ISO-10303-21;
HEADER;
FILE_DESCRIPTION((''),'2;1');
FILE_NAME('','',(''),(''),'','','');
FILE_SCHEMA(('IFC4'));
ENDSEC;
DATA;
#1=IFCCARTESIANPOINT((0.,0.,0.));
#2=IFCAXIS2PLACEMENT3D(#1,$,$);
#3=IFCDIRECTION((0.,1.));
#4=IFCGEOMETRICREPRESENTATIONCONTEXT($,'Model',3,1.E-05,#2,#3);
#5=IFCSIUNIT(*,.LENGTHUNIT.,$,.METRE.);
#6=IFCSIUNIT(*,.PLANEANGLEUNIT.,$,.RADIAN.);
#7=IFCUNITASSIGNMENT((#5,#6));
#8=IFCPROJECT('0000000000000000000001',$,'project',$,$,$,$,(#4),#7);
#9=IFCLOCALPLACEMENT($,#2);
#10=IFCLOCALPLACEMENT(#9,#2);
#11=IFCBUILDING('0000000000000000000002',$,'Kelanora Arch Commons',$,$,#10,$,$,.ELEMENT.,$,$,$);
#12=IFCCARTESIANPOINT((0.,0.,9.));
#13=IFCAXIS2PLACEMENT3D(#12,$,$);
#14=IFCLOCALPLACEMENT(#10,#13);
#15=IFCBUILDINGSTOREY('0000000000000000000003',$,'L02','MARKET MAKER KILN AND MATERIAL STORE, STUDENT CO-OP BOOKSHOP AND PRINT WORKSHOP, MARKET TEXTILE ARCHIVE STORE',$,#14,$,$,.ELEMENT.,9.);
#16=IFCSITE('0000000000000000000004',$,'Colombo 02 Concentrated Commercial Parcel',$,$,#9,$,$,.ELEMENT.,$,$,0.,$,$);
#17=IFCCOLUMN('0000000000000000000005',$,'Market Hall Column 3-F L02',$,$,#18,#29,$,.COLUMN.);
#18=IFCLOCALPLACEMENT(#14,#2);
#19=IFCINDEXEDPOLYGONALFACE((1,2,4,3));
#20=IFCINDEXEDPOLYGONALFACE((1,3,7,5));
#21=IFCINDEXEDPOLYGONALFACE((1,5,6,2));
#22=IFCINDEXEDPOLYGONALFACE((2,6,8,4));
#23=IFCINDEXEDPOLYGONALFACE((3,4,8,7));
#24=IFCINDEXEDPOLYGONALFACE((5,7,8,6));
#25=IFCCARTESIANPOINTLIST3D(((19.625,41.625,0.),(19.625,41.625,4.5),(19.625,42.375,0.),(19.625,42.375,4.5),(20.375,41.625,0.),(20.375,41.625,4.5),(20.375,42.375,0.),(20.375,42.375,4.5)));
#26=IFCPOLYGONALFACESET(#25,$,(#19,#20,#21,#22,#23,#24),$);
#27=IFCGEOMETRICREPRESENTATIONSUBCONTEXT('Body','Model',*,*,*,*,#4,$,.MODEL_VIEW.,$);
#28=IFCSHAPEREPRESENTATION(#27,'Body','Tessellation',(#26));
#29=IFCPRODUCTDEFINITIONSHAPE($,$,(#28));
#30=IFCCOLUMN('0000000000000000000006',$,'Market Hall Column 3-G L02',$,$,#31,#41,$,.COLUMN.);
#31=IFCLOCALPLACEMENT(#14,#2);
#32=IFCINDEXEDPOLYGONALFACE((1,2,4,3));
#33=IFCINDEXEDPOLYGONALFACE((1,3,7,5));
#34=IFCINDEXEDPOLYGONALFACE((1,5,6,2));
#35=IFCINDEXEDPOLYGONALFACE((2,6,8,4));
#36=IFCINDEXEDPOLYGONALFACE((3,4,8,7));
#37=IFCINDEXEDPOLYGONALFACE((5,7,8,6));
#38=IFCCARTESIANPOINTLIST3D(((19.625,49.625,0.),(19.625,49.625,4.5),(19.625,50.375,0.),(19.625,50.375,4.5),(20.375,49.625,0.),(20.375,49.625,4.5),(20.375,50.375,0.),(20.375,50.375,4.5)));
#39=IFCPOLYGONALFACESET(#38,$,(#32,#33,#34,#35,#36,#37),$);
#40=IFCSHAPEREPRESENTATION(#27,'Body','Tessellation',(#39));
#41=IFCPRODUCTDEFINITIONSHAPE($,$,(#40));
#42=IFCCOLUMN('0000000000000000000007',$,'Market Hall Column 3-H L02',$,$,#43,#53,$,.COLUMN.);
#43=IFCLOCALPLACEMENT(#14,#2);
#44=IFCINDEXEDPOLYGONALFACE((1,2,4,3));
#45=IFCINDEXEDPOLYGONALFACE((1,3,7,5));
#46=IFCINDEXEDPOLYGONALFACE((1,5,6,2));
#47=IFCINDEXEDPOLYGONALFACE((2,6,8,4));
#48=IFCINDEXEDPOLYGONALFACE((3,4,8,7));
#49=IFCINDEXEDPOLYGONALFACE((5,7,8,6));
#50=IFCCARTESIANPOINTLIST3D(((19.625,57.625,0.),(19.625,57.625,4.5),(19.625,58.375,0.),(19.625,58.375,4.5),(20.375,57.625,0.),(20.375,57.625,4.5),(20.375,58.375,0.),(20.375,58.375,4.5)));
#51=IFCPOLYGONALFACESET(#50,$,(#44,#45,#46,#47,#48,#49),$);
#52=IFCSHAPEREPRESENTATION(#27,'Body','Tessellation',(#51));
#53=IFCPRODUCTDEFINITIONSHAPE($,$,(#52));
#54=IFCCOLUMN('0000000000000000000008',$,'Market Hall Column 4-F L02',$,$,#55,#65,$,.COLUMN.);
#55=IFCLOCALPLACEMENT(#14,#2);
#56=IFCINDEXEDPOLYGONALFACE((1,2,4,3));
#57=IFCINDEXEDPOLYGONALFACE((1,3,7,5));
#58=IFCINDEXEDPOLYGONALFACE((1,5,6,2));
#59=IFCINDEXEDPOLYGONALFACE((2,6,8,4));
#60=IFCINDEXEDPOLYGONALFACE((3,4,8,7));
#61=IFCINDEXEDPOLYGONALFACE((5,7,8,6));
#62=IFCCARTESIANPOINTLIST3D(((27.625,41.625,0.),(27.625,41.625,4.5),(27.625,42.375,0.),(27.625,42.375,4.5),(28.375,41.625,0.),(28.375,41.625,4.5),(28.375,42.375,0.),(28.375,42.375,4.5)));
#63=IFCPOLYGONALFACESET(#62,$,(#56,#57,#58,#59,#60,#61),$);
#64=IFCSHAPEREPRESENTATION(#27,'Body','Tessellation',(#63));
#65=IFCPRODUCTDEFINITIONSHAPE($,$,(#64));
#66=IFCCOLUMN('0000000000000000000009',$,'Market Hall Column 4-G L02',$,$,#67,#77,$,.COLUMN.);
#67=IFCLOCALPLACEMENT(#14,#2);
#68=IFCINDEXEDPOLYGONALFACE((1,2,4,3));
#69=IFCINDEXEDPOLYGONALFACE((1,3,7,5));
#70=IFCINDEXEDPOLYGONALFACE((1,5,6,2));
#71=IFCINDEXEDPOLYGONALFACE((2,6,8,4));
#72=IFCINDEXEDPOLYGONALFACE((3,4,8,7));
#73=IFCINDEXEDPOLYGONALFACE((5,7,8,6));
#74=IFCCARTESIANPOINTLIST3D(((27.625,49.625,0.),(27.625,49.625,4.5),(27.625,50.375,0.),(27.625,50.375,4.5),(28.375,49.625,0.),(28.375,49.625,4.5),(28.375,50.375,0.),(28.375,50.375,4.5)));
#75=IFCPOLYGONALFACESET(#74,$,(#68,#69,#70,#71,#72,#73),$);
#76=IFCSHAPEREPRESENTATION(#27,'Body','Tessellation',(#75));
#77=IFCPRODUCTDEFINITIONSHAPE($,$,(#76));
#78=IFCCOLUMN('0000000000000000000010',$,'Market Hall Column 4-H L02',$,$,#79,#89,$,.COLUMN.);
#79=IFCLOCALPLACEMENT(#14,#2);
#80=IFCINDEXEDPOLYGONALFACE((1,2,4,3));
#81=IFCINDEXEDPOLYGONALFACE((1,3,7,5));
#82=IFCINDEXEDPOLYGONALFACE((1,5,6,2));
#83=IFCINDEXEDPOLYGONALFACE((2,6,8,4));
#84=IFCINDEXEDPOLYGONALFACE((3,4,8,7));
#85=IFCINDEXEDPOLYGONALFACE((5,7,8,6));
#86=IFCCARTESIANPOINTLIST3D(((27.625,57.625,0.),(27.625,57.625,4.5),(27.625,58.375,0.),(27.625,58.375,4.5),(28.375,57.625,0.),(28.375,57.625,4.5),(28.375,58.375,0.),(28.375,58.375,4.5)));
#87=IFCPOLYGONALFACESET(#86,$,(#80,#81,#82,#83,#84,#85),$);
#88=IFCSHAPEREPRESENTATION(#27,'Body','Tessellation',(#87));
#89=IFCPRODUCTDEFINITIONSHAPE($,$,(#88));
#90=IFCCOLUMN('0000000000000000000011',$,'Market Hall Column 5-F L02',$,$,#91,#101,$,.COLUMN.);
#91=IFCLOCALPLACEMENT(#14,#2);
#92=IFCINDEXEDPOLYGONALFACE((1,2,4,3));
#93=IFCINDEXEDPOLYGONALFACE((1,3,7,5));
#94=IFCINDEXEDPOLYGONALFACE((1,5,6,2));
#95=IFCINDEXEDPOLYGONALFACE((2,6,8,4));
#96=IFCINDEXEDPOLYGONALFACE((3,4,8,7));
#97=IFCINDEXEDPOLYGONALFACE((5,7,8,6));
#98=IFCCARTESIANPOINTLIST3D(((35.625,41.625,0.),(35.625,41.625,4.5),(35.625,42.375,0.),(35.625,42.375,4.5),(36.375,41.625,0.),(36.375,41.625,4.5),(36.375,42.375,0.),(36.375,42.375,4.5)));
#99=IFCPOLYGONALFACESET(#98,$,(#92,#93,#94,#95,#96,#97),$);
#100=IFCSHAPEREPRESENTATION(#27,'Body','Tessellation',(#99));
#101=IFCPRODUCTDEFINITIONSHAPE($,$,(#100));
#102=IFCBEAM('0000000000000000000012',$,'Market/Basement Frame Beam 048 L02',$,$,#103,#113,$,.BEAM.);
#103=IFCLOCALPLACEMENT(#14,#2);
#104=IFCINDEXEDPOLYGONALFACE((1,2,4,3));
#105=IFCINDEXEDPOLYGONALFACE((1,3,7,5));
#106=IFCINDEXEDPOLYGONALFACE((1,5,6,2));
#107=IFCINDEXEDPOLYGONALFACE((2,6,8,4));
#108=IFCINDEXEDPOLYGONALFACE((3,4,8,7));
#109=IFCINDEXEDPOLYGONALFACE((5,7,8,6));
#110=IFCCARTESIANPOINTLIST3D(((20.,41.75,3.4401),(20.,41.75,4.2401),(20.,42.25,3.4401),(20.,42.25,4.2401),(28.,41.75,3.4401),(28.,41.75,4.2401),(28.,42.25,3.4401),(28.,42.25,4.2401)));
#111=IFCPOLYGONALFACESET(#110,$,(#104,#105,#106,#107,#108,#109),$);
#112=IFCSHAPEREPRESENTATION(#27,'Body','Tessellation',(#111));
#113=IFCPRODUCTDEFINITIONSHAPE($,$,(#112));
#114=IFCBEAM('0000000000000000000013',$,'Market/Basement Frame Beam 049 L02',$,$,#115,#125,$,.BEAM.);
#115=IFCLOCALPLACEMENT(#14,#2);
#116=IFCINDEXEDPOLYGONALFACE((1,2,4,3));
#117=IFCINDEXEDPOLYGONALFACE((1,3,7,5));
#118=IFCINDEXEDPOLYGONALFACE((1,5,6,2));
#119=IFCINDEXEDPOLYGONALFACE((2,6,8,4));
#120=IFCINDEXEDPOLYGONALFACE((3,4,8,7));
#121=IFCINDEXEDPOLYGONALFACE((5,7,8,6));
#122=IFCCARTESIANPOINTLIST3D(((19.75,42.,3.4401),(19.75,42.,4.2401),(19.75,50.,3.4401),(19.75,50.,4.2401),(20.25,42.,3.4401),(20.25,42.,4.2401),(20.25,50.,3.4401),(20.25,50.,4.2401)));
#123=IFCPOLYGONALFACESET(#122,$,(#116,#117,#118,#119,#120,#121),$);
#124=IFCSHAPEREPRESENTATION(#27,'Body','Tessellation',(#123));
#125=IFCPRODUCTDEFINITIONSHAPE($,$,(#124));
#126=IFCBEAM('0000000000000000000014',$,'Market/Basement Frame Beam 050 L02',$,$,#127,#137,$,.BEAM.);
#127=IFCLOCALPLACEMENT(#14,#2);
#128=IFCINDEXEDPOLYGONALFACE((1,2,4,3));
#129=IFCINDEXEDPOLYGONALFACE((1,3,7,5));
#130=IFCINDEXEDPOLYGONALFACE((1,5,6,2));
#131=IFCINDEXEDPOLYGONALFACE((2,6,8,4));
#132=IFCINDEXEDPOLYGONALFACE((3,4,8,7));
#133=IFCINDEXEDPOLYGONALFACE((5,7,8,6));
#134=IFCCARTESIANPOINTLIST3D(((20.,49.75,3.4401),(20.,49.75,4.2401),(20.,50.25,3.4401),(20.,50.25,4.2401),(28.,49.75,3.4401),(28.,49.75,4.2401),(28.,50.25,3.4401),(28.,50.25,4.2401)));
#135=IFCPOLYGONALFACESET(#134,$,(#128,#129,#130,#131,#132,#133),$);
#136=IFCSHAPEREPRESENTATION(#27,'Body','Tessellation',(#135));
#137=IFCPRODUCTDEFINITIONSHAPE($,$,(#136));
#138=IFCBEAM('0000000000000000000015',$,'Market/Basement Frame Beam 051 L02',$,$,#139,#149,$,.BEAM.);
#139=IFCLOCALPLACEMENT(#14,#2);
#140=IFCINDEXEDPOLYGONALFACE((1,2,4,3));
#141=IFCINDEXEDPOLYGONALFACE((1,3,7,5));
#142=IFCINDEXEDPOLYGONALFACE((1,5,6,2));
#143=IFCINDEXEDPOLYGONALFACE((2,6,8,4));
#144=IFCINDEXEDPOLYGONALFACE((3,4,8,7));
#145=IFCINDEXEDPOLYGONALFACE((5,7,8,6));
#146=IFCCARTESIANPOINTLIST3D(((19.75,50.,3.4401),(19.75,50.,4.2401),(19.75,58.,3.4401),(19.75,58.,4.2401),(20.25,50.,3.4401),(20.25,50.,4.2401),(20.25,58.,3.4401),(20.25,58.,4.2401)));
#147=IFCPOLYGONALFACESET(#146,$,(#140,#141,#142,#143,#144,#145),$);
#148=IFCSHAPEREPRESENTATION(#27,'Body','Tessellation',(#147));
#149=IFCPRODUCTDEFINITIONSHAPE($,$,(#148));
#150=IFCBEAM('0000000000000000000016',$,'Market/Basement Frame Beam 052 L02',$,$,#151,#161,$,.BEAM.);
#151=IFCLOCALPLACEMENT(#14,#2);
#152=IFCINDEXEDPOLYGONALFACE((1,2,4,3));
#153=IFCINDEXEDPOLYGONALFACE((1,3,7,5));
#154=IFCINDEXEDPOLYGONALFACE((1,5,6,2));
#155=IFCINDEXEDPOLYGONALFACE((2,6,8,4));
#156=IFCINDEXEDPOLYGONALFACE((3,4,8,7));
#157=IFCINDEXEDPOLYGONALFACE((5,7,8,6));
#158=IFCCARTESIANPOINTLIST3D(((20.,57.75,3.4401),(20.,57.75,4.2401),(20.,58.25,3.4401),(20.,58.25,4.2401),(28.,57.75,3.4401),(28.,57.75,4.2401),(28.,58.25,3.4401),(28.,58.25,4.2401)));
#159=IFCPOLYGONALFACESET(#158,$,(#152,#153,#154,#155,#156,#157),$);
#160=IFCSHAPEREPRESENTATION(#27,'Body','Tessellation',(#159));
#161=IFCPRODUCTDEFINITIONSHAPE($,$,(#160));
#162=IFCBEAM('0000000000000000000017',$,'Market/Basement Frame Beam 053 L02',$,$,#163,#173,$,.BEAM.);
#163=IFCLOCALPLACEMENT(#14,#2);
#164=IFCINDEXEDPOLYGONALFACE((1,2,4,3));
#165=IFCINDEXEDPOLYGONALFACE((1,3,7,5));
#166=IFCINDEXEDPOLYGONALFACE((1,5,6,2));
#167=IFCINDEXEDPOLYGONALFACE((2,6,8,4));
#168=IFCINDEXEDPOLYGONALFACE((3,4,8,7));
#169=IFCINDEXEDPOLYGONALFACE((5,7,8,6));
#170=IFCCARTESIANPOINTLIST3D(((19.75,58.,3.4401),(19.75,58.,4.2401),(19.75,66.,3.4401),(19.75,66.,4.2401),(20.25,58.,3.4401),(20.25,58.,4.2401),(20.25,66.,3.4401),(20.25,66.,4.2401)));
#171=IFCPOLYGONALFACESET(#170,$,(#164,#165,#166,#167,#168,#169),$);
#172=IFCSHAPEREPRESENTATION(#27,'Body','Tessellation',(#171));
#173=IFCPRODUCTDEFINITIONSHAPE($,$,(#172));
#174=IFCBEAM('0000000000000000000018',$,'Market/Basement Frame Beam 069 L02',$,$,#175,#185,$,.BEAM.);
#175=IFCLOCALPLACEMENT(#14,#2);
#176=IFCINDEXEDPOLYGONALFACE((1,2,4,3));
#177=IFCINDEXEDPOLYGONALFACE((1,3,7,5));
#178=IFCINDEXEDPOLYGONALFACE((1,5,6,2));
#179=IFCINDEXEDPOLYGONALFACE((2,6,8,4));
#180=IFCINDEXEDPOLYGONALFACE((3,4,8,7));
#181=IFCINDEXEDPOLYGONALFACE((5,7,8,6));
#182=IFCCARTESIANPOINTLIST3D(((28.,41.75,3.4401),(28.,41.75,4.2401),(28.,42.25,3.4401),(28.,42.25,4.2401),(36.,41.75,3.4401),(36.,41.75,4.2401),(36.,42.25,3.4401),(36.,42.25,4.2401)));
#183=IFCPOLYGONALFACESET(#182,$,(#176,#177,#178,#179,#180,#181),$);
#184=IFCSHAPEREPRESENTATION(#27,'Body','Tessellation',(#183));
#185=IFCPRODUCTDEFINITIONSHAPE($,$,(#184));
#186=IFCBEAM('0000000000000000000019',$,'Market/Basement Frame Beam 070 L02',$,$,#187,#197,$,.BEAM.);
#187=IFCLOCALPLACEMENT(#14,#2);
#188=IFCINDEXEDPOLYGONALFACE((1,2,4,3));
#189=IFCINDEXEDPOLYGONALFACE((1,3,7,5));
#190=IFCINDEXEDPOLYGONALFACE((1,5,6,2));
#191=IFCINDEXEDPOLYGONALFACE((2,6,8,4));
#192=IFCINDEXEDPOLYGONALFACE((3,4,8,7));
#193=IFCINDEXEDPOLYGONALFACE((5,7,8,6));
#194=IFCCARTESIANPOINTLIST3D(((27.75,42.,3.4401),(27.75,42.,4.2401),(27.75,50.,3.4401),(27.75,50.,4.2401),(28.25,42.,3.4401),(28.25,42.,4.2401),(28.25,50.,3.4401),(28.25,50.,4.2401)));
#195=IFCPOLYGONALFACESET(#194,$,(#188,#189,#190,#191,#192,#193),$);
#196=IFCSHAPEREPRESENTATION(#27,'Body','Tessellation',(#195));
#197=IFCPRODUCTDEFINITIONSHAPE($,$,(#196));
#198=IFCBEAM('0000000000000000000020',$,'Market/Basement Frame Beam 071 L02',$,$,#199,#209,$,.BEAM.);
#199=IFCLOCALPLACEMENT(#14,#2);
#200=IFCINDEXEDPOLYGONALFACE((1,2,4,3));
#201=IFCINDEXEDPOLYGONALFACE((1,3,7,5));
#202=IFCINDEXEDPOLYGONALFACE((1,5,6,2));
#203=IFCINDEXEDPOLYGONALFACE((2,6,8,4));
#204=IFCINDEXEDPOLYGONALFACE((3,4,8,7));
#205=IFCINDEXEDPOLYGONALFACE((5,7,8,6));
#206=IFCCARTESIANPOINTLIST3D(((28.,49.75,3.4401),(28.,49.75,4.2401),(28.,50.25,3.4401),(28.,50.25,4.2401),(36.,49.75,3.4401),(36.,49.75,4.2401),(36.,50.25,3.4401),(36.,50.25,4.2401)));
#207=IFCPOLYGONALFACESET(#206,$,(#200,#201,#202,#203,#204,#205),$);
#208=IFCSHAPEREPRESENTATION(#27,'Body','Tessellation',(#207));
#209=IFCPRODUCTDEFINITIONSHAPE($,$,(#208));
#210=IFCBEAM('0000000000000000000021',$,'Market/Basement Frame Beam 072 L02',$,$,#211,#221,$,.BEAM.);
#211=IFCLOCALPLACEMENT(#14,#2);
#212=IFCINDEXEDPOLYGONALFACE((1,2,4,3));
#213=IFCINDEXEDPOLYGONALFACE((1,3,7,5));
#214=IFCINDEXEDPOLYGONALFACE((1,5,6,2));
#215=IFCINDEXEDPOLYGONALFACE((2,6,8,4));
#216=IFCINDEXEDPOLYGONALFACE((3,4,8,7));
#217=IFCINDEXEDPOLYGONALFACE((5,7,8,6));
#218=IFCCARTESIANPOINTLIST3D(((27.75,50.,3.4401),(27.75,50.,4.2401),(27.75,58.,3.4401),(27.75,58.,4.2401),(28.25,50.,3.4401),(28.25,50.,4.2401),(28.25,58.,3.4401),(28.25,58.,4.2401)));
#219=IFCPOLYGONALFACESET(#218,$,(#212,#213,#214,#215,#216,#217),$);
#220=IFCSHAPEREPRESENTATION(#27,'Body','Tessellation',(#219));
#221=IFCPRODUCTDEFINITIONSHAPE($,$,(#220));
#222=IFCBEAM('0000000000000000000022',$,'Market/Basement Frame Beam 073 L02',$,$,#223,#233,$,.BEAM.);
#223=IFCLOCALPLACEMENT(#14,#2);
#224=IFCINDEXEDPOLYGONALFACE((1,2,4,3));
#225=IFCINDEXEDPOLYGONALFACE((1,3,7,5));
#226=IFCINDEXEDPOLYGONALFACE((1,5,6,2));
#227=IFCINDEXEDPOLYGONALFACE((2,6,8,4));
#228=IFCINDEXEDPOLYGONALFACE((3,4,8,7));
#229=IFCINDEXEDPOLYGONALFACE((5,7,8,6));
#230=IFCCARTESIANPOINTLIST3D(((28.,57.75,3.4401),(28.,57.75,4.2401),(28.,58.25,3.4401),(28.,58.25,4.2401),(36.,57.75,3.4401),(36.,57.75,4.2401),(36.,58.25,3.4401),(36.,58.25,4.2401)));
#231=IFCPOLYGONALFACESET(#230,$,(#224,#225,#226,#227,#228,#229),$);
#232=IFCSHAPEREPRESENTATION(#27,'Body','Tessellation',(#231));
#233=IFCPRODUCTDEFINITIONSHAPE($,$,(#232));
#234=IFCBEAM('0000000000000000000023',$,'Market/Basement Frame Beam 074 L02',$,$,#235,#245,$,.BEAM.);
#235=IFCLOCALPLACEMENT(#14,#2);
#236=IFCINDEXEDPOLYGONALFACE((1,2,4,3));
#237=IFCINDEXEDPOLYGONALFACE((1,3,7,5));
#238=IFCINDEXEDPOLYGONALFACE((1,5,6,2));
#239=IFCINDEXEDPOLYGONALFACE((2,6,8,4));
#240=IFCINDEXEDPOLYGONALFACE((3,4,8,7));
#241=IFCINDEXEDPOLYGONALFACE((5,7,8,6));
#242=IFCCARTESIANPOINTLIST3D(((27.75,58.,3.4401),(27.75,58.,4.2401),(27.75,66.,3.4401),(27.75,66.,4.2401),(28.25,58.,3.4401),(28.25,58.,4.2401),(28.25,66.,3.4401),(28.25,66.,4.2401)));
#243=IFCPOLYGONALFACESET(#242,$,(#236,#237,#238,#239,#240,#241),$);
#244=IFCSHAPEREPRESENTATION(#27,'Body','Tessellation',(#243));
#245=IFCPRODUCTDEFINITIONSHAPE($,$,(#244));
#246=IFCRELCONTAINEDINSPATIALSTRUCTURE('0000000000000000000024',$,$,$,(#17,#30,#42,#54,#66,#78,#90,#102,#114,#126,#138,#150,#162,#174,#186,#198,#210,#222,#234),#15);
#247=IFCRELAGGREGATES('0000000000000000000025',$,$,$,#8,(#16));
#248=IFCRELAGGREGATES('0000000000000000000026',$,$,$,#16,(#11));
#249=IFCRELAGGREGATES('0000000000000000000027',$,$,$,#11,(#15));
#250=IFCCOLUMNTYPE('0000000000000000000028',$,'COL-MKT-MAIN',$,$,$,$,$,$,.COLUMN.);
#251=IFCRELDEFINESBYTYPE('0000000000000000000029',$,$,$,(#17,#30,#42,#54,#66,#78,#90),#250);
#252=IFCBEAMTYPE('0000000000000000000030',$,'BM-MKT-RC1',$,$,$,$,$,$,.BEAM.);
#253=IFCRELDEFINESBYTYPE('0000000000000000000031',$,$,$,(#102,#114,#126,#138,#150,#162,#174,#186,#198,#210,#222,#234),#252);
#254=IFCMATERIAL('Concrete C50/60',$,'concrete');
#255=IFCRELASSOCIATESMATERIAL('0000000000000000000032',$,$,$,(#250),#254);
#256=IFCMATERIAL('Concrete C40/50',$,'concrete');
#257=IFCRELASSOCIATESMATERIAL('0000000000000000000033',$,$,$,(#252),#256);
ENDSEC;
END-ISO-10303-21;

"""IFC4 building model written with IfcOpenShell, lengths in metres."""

from ifc_helpers import new_model, si_unit, direction, frame, origin, origin_2d, place, context, subcontext, project, spatial, rectangle, extrude, material, material_profile, profile_set, type_object, element, save


model = new_model("IFC4")

# Units and contexts
model_context = context("Model", 3, precision=1e-05, world=origin(), true_north=direction((0.0, 1.0)))
body_context = subcontext(model_context, "Body", "Model", "MODEL_VIEW")
ifc_project = project(units=[si_unit("LENGTHUNIT", "METRE"), si_unit("PLANEANGLEUNIT", "RADIAN")], contexts=[model_context])

# Site, building, storey
site_placement = place(None, origin())
site = spatial("IfcSite", under=ifc_project, at=site_placement, Name="Colombo 02 Concentrated Commercial Parcel", CompositionType="ELEMENT", RefElevation=0.0)
building_placement = place(site_placement, origin())
building = spatial("IfcBuilding", under=site, at=building_placement, Name="Kelanora Arch Commons", CompositionType="ELEMENT")
storey_placement = place(building_placement, frame((0.0, 0.0, 9.0)))
storey = spatial("IfcBuildingStorey", under=building, at=storey_placement, Name="L02", Description="MARKET MAKER KILN AND MATERIAL STORE, STUDENT CO-OP BOOKSHOP AND PRINT WORKSHOP, MARKET TEXTILE ARCHIVE STORE", CompositionType="ELEMENT", Elevation=9.0)

# Columns
ifc_material_1 = material(Name="Concrete C50/60", Category="concrete")
ifc_material_profile_1 = material_profile(ifc_material_1, rectangle(XDim=0.75, YDim=0.75, at=origin_2d()), Name="RC750x750")
ifc_profile_set_1 = profile_set([ifc_material_profile_1], Name="Concrete C50/60")
column_type = type_object("IfcColumnType", Name="COL-MKT-MAIN", PredefinedType="COLUMN", material=ifc_profile_set_1)
for number, where, z_axis, x_axis, name in (
    (1, (20.0, 42.0, 0.0), (0.0, 0.0, 1.0), (1.0, 0.0, 0.0), "Market Hall Column 3-F L02"),
    (2, (20.0, 50.0, 0.0), (0.0, 0.0, 1.0), (1.0, 0.0, 0.0), "Market Hall Column 3-G L02"),
    (3, (20.0, 58.0, 0.0), (0.0, 0.0, 1.0), (1.0, 0.0, 0.0), "Market Hall Column 3-H L02"),
    (4, (28.0, 42.0, 0.0), (0.0, 0.0, 1.0), (1.0, 0.0, 0.0), "Market Hall Column 4-F L02"),
    (5, (28.0, 50.0, 0.0), (0.0, 0.0, 1.0), (1.0, 0.0, 0.0), "Market Hall Column 4-G L02"),
    (6, (28.0, 58.0, 0.0), (0.0, 0.0, 1.0), (1.0, 0.0, 0.0), "Market Hall Column 4-H L02"),
    (7, (36.0, 42.0, 0.0), (0.0, 0.0, 1.0), (1.0, 0.0, 0.0), "Market Hall Column 5-F L02"),
):
    element("IfcColumn", number, at=place(storey_placement, frame(where, z_axis=z_axis, x_axis=x_axis)), inside=storey, type_object=column_type, Name=name, PredefinedType="COLUMN", context=body_context, shape_type="SweptSolid", body=[
        extrude(rectangle(XDim=0.75, YDim=0.75, at=origin_2d()), origin(), (0.0, 0.0, 1.0), 4.5),
    ])

# Beams
ifc_material_2 = material(Name="Concrete C40/50", Category="concrete")
ifc_material_profile_2 = material_profile(ifc_material_2, rectangle(XDim=0.5, YDim=0.8, at=origin_2d()), Name="RCB500x800")
ifc_profile_set_2 = profile_set([ifc_material_profile_2], Name="Concrete C40/50")
beam_type = type_object("IfcBeamType", Name="BM-MKT-RC1", PredefinedType="BEAM", material=ifc_profile_set_2)
for number, where, z_axis, x_axis, name in (
    (8, (20.0, 42.0, 3.8401), (1.0, 0.0, 0.0), (0.0, 1.0, 0.0), "Market/Basement Frame Beam 048 L02"),
    (9, (20.0, 42.0, 3.8401), (0.0, 1.0, 0.0), (-1.0, 0.0, 0.0), "Market/Basement Frame Beam 049 L02"),
    (10, (20.0, 50.0, 3.8401), (1.0, 0.0, 0.0), (0.0, 1.0, 0.0), "Market/Basement Frame Beam 050 L02"),
    (11, (20.0, 50.0, 3.8401), (0.0, 1.0, 0.0), (-1.0, 0.0, 0.0), "Market/Basement Frame Beam 051 L02"),
    (12, (20.0, 58.0, 3.8401), (1.0, 0.0, 0.0), (0.0, 1.0, 0.0), "Market/Basement Frame Beam 052 L02"),
    (13, (20.0, 58.0, 3.8401), (0.0, 1.0, 0.0), (-1.0, 0.0, 0.0), "Market/Basement Frame Beam 053 L02"),
    (14, (28.0, 42.0, 3.8401), (1.0, 0.0, 0.0), (0.0, 1.0, 0.0), "Market/Basement Frame Beam 069 L02"),
    (15, (28.0, 42.0, 3.8401), (0.0, 1.0, 0.0), (-1.0, 0.0, 0.0), "Market/Basement Frame Beam 070 L02"),
    (16, (28.0, 50.0, 3.8401), (1.0, 0.0, 0.0), (0.0, 1.0, 0.0), "Market/Basement Frame Beam 071 L02"),
    (17, (28.0, 50.0, 3.8401), (0.0, 1.0, 0.0), (-1.0, 0.0, 0.0), "Market/Basement Frame Beam 072 L02"),
    (18, (28.0, 58.0, 3.8401), (1.0, 0.0, 0.0), (0.0, 1.0, 0.0), "Market/Basement Frame Beam 073 L02"),
    (19, (28.0, 58.0, 3.8401), (0.0, 1.0, 0.0), (-1.0, 0.0, 0.0), "Market/Basement Frame Beam 074 L02"),
):
    element("IfcBeam", number, at=place(storey_placement, frame(where, z_axis=z_axis, x_axis=x_axis)), inside=storey, type_object=beam_type, Name=name, PredefinedType="BEAM", context=body_context, shape_type="SweptSolid", body=[
        extrude(rectangle(XDim=0.5, YDim=0.8, at=origin_2d()), origin(), (0.0, 0.0, 1.0), 8.0),
    ])

save(model, "model.ifc")
